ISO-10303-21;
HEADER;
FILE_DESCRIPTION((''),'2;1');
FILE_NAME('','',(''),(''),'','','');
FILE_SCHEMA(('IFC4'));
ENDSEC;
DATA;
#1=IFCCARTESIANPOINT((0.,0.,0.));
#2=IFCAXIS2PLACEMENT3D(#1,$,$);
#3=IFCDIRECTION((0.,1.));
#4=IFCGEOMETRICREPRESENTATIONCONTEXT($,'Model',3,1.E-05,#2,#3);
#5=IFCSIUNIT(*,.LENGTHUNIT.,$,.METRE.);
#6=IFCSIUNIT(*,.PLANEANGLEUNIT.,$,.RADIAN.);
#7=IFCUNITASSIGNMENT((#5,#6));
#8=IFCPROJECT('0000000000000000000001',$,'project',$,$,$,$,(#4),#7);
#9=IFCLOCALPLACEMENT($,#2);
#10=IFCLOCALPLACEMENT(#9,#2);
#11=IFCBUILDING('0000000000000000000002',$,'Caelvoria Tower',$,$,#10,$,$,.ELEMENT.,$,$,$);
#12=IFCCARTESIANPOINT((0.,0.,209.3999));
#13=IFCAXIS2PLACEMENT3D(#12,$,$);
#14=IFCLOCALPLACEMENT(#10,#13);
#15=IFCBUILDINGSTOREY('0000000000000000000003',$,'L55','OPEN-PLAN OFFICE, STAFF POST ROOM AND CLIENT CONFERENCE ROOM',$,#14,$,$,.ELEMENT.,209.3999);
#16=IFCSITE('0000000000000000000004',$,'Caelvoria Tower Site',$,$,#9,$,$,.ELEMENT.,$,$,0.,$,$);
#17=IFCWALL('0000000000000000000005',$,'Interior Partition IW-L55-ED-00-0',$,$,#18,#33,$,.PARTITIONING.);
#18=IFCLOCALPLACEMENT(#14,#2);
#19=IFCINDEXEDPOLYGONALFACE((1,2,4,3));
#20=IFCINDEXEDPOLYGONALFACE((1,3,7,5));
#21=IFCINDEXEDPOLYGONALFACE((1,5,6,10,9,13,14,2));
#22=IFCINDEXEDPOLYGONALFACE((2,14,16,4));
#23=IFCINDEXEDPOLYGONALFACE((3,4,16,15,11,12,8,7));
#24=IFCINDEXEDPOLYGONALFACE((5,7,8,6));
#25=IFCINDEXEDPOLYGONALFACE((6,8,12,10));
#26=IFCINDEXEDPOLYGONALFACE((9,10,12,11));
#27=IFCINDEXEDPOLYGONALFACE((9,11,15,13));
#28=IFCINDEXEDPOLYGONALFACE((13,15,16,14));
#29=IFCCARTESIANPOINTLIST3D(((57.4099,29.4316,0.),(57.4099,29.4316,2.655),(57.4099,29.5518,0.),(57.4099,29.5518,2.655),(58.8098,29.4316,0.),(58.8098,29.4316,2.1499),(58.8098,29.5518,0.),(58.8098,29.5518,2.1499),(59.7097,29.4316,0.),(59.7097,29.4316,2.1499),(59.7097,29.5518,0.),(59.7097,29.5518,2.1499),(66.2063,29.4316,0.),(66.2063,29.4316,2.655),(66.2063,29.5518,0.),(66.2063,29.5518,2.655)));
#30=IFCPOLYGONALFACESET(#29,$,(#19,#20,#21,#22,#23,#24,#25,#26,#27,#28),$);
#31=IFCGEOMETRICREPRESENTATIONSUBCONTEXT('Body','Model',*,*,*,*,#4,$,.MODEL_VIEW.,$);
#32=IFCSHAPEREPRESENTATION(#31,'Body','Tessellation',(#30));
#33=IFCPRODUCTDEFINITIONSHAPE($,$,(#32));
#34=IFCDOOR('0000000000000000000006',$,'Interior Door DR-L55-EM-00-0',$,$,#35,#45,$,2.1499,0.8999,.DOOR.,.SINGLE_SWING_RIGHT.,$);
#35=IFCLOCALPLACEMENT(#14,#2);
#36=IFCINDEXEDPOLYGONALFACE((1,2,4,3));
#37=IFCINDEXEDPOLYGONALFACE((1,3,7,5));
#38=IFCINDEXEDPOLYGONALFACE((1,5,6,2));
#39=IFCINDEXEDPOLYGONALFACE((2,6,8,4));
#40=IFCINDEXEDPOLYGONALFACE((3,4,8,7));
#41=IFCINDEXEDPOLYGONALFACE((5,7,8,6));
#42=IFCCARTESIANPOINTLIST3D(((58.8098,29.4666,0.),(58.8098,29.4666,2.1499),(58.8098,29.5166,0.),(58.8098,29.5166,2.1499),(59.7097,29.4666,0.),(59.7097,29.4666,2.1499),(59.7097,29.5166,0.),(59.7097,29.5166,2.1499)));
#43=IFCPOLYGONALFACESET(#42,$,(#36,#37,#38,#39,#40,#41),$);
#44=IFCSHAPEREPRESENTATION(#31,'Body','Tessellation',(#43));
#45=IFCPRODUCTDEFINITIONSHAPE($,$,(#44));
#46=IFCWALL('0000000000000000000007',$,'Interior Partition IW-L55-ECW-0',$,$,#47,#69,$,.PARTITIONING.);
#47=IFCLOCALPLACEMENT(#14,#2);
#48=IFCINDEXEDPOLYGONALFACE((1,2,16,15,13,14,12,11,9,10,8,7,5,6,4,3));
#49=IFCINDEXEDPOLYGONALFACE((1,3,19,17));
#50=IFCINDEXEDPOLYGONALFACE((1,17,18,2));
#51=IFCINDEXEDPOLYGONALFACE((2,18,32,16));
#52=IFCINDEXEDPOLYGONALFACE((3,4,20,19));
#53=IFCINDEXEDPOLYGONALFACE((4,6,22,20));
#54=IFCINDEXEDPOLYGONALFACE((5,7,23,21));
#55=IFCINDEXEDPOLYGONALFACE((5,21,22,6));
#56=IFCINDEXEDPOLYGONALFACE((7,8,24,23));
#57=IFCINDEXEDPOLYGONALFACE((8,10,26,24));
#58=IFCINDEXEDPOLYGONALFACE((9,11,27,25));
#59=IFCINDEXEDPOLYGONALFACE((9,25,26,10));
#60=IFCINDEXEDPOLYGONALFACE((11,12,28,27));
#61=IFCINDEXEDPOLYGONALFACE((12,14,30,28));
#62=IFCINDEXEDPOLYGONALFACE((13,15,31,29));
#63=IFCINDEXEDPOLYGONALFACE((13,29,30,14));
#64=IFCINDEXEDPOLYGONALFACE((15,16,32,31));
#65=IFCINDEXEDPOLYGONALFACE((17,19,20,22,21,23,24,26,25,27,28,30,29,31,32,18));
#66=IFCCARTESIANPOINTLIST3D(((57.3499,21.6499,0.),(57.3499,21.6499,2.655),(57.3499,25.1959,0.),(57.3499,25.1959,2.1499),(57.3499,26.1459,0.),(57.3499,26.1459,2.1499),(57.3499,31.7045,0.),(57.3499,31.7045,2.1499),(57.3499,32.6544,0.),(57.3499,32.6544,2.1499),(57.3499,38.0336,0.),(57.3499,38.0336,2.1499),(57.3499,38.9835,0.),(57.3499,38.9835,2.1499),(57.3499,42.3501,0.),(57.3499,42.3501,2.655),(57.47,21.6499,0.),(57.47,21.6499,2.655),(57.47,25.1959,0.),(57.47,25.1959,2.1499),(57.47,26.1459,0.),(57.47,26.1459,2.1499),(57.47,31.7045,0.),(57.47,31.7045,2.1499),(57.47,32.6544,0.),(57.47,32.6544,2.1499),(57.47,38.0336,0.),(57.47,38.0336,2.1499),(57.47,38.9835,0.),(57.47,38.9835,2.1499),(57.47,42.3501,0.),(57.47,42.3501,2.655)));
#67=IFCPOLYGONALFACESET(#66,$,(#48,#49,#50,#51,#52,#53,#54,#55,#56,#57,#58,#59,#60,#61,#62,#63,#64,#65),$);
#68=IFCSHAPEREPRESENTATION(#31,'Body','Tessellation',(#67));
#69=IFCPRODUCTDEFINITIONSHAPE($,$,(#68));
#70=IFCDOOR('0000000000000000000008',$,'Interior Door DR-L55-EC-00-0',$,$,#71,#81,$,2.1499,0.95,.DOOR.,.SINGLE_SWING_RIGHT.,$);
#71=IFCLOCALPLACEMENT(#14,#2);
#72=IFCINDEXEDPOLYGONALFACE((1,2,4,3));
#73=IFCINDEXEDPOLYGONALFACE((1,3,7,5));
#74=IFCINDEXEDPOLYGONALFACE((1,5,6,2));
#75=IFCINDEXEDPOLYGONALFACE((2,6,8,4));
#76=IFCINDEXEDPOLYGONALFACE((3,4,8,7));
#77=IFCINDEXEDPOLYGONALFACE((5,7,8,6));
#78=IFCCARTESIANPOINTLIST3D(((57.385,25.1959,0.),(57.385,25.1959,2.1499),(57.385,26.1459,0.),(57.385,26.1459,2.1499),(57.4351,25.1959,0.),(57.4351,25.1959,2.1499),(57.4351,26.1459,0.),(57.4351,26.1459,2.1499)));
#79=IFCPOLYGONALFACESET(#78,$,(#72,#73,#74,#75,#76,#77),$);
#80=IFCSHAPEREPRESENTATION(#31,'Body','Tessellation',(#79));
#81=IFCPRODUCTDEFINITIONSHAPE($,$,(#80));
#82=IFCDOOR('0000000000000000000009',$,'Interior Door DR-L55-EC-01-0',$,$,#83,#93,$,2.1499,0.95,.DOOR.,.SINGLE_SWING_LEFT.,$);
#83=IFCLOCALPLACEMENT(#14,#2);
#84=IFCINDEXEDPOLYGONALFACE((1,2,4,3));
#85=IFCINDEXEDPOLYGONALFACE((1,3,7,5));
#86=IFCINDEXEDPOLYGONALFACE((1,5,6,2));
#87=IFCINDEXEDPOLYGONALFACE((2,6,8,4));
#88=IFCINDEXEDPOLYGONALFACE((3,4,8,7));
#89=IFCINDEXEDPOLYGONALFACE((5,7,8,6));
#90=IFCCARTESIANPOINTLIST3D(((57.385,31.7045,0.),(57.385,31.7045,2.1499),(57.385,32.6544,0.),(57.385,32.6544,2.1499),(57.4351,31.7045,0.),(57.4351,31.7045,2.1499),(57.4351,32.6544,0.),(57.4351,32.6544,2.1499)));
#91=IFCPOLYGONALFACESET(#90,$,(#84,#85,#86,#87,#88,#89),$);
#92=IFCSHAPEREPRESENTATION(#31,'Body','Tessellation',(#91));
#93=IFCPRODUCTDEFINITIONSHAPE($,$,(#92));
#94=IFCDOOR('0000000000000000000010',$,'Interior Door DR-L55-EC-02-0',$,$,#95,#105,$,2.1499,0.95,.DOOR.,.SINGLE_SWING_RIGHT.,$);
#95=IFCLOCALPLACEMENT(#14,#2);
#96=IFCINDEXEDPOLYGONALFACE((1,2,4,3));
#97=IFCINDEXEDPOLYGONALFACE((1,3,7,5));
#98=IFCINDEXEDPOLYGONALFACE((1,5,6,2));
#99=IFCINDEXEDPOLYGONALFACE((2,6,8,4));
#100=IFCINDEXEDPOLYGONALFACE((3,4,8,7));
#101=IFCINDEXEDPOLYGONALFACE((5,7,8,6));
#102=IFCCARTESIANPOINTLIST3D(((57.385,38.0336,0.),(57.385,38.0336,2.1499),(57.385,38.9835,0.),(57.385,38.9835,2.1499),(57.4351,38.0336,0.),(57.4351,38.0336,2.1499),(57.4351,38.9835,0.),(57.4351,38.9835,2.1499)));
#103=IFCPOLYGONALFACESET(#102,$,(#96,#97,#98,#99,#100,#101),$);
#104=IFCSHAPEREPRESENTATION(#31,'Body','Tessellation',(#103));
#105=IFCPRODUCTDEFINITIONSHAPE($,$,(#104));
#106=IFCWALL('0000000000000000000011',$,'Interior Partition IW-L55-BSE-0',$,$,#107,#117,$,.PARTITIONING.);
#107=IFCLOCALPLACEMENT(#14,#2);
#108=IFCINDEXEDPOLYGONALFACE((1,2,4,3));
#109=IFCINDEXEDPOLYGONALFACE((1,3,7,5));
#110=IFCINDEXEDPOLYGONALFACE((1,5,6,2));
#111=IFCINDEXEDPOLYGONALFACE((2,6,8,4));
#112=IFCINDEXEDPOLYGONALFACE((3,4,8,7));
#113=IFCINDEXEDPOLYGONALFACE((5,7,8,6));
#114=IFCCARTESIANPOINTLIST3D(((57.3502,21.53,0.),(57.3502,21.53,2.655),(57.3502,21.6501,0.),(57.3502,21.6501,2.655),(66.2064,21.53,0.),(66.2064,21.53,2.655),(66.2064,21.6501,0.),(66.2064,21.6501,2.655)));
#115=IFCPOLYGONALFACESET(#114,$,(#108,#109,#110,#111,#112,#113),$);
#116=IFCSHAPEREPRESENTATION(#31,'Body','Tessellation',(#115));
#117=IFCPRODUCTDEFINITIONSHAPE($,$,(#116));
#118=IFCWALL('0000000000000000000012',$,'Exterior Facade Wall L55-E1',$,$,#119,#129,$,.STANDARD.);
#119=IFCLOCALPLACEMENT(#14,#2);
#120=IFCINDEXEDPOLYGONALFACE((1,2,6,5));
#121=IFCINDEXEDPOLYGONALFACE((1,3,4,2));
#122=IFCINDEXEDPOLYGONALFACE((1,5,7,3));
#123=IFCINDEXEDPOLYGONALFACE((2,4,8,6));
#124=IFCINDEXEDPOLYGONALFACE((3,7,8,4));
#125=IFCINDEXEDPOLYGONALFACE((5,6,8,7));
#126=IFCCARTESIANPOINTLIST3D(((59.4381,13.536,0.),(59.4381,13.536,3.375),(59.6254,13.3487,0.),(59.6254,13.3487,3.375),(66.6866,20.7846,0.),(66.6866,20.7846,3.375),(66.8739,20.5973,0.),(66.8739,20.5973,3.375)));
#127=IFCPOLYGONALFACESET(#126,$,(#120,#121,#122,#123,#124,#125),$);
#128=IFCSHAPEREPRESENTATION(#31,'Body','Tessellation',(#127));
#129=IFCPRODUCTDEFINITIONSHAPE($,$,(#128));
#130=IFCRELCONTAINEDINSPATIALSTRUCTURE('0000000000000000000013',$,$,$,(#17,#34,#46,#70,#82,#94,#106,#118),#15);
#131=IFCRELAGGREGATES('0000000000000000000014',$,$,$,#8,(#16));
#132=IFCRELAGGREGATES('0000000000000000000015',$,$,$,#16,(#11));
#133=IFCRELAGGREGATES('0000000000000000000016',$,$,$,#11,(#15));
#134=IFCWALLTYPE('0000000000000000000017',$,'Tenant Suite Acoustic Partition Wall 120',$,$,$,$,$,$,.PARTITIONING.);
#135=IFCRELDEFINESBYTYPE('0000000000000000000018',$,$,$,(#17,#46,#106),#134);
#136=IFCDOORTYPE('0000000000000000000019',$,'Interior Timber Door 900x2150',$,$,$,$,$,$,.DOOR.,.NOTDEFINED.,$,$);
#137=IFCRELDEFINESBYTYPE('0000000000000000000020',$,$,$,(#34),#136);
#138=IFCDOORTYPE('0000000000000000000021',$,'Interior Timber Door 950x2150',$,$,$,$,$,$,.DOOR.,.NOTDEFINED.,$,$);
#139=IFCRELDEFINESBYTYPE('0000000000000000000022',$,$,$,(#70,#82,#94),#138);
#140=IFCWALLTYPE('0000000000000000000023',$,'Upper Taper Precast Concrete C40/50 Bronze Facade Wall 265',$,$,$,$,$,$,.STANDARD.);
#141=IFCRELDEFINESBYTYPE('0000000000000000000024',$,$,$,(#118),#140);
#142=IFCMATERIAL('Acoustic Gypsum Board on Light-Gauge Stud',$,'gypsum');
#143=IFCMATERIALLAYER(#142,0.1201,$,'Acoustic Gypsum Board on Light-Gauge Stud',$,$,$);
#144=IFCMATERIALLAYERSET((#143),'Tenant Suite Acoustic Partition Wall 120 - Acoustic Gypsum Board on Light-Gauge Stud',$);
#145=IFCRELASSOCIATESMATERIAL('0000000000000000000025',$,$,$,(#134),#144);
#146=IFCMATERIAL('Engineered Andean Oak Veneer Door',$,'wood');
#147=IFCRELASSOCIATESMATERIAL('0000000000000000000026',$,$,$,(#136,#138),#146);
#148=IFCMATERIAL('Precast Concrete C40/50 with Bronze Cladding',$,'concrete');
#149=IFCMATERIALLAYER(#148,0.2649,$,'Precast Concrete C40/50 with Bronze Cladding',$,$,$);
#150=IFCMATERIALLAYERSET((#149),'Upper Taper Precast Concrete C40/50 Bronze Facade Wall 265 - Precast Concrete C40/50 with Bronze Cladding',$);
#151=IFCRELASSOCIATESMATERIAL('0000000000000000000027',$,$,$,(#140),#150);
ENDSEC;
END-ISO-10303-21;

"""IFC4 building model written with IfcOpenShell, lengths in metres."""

from ifc_helpers import new_model, si_unit, direction, frame, frame_2d, origin, place, context, subcontext, project, spatial, rectangle, extrude, material, layer, layer_set, type_object, element, fill, save


model = new_model("IFC4")

# Units and contexts
model_context = context("Model", 3, precision=1e-05, world=origin(), true_north=direction((0.0, 1.0)))
body_context = subcontext(model_context, "Body", "Model", "MODEL_VIEW")
ifc_project = project(units=[si_unit("LENGTHUNIT", "METRE"), si_unit("PLANEANGLEUNIT", "RADIAN")], contexts=[model_context])

# Site, building, storey
site_placement = place(None, origin())
site = spatial("IfcSite", under=ifc_project, at=site_placement, Name="Caelvoria Tower Site", CompositionType="ELEMENT", RefElevation=0.0)
building_placement = place(site_placement, origin())
building = spatial("IfcBuilding", under=site, at=building_placement, Name="Caelvoria Tower", CompositionType="ELEMENT")
storey_placement = place(building_placement, frame((0.0, 0.0, 209.3999)))
storey = spatial("IfcBuildingStorey", under=building, at=storey_placement, Name="L55", Description="OPEN-PLAN OFFICE, STAFF POST ROOM AND CLIENT CONFERENCE ROOM", CompositionType="ELEMENT", Elevation=209.3999)

# Wall, opening, door
ifc_material_1 = material(Name="Acoustic Gypsum Board on Light-Gauge Stud", Category="gypsum")
ifc_layer_1 = layer(ifc_material_1, 0.1201, Name="Acoustic Gypsum Board on Light-Gauge Stud")
ifc_layer_set_1 = layer_set([ifc_layer_1], Name="Tenant Suite Acoustic Partition Wall 120 - Acoustic Gypsum Board on Light-Gauge Stud")
wall_type_1 = type_object("IfcWallType", Name="Tenant Suite Acoustic Partition Wall 120", PredefinedType="PARTITIONING", material=ifc_layer_set_1)
wall_1_placement = place(storey_placement, frame((57.4099, 29.4917, 0.0), z_axis=(0.0, 0.0, 1.0), x_axis=(1.0, 0.0, 0.0)))
wall_1 = element("IfcWall", 1, at=wall_1_placement, inside=storey, type_object=wall_type_1, Name="Interior Partition IW-L55-ED-00-0", PredefinedType="PARTITIONING", context=body_context, shape_type="SweptSolid", body=[
    extrude(rectangle(XDim=8.7964, YDim=0.1201, at=frame_2d((4.3982, 0.0))), origin(), (0.0, 0.0, 1.0), 2.655),
])
opening_1_placement = place(wall_1_placement, frame((1.3999, 0.0, 0.0)))
opening_1 = element("IfcOpeningElement", 2, at=opening_1_placement, cuts=wall_1, PredefinedType="OPENING", context=body_context, shape_type="SweptSolid", body=[
    extrude(rectangle(XDim=0.8999, YDim=2.1499, at=frame_2d((0.45, 1.075))), frame((0.0, 0.0701, 0.0), z_axis=(0.0, -1.0, 0.0), x_axis=(1.0, 0.0, 0.0)), (0.0, 0.0, 1.0), 0.1401),
])
ifc_material_2 = material(Name="Engineered Andean Oak Veneer Door", Category="wood")
door_type_1 = type_object("IfcDoorType", Name="Interior Timber Door 900x2150", OperationType="NOTDEFINED", PredefinedType="DOOR", material=ifc_material_2)
door_1_placement = place(opening_1_placement, origin())
door_1 = element("IfcDoor", 3, at=door_1_placement, inside=storey, type_object=door_type_1, Name="Interior Door DR-L55-EM-00-0", OperationType="SINGLE_SWING_RIGHT", OverallHeight=2.1499, OverallWidth=0.8999, PredefinedType="DOOR", context=body_context, shape_type="SweptSolid", body=[
    extrude(rectangle(XDim=0.8999, YDim=2.1499, at=frame_2d((0.45, 1.075))), frame((0.0, 0.0249, 0.0), z_axis=(0.0, -1.0, 0.0), x_axis=(1.0, 0.0, 0.0)), (0.0, 0.0, 1.0), 0.05),
])
fill(opening_1, door_1)

# Wall, openings, doors
wall_2_placement = place(storey_placement, frame((57.4099, 21.6499, 0.0), z_axis=(0.0, 0.0, 1.0), x_axis=(0.0, 1.0, 0.0)))
wall_2 = element("IfcWall", 4, at=wall_2_placement, inside=storey, type_object=wall_type_1, Name="Interior Partition IW-L55-ECW-0", PredefinedType="PARTITIONING", context=body_context, shape_type="SweptSolid", body=[
    extrude(rectangle(XDim=20.7002, YDim=0.1201, at=frame_2d((10.3501, 0.0))), origin(), (0.0, 0.0, 1.0), 2.655),
])
opening_2_placement = place(wall_2_placement, frame((3.5459, 0.0, 0.0)))
opening_2 = element("IfcOpeningElement", 5, at=opening_2_placement, cuts=wall_2, PredefinedType="OPENING", context=body_context, shape_type="SweptSolid", body=[
    extrude(rectangle(XDim=0.95, YDim=2.1499, at=frame_2d((0.4751, 1.075))), frame((0.0, 0.0701, 0.0), z_axis=(0.0, -1.0, 0.0), x_axis=(1.0, 0.0, 0.0)), (0.0, 0.0, 1.0), 0.1401),
])
opening_3_placement = place(wall_2_placement, frame((10.0544, 0.0, 0.0)))
opening_3 = element("IfcOpeningElement", 6, at=opening_3_placement, cuts=wall_2, PredefinedType="OPENING", context=body_context, shape_type="SweptSolid", body=[
    extrude(rectangle(XDim=0.95, YDim=2.1499, at=frame_2d((0.4751, 1.075))), frame((0.0, 0.0701, 0.0), z_axis=(0.0, -1.0, 0.0), x_axis=(1.0, 0.0, 0.0)), (0.0, 0.0, 1.0), 0.1401),
])
opening_4_placement = place(wall_2_placement, frame((16.3835, 0.0, 0.0)))
opening_4 = element("IfcOpeningElement", 7, at=opening_4_placement, cuts=wall_2, PredefinedType="OPENING", context=body_context, shape_type="SweptSolid", body=[
    extrude(rectangle(XDim=0.95, YDim=2.1499, at=frame_2d((0.4751, 1.075))), frame((0.0, 0.0701, 0.0), z_axis=(0.0, -1.0, 0.0), x_axis=(1.0, 0.0, 0.0)), (0.0, 0.0, 1.0), 0.1401),
])
door_type_2 = type_object("IfcDoorType", Name="Interior Timber Door 950x2150", OperationType="NOTDEFINED", PredefinedType="DOOR", material=ifc_material_2)
door_2_placement = place(opening_2_placement, origin())
door_2 = element("IfcDoor", 8, at=door_2_placement, inside=storey, type_object=door_type_2, Name="Interior Door DR-L55-EC-00-0", OperationType="SINGLE_SWING_RIGHT", OverallHeight=2.1499, OverallWidth=0.95, PredefinedType="DOOR", context=body_context, shape_type="SweptSolid", body=[
    extrude(rectangle(XDim=0.95, YDim=2.1499, at=frame_2d((0.4751, 1.075))), frame((0.0, 0.0249, 0.0), z_axis=(0.0, -1.0, 0.0), x_axis=(1.0, 0.0, 0.0)), (0.0, 0.0, 1.0), 0.05),
])
fill(opening_2, door_2)
door_3_placement = place(opening_3_placement, origin())
door_3 = element("IfcDoor", 9, at=door_3_placement, inside=storey, type_object=door_type_2, Name="Interior Door DR-L55-EC-01-0", OperationType="SINGLE_SWING_LEFT", OverallHeight=2.1499, OverallWidth=0.95, PredefinedType="DOOR", context=body_context, shape_type="SweptSolid", body=[
    extrude(rectangle(XDim=0.95, YDim=2.1499, at=frame_2d((0.4751, 1.075))), frame((0.0, 0.0249, 0.0), z_axis=(0.0, -1.0, 0.0), x_axis=(1.0, 0.0, 0.0)), (0.0, 0.0, 1.0), 0.05),
])
fill(opening_3, door_3)
door_4_placement = place(opening_4_placement, origin())
door_4 = element("IfcDoor", 10, at=door_4_placement, inside=storey, type_object=door_type_2, Name="Interior Door DR-L55-EC-02-0", OperationType="SINGLE_SWING_RIGHT", OverallHeight=2.1499, OverallWidth=0.95, PredefinedType="DOOR", context=body_context, shape_type="SweptSolid", body=[
    extrude(rectangle(XDim=0.95, YDim=2.1499, at=frame_2d((0.4751, 1.075))), frame((0.0, 0.0249, 0.0), z_axis=(0.0, -1.0, 0.0), x_axis=(1.0, 0.0, 0.0)), (0.0, 0.0, 1.0), 0.05),
])
fill(opening_4, door_4)

# Walls
wall_3_placement = place(storey_placement, frame((57.3501, 21.5901, 0.0), z_axis=(0.0, 0.0, 1.0), x_axis=(1.0, 0.0, 0.0)))
element("IfcWall", 11, at=wall_3_placement, inside=storey, type_object=wall_type_1, Name="Interior Partition IW-L55-BSE-0", PredefinedType="PARTITIONING", context=body_context, shape_type="SweptSolid", body=[
    extrude(rectangle(XDim=8.8562, YDim=0.1201, at=frame_2d((4.4282, 0.0))), origin(), (0.0, 0.0, 1.0), 2.655),
])
ifc_material_3 = material(Name="Precast Concrete C40/50 with Bronze Cladding", Category="concrete")
ifc_layer_2 = layer(ifc_material_3, 0.2649, Name="Precast Concrete C40/50 with Bronze Cladding")
ifc_layer_set_2 = layer_set([ifc_layer_2], Name="Upper Taper Precast Concrete C40/50 Bronze Facade Wall 265 - Precast Concrete C40/50 with Bronze Cladding")
wall_type_2 = type_object("IfcWallType", Name="Upper Taper Precast Concrete C40/50 Bronze Facade Wall 265", PredefinedType="STANDARD", material=ifc_layer_set_2)
wall_4_placement = place(storey_placement, frame((59.5317, 13.4424, 0.0), z_axis=(0.0, 0.0, 1.0), x_axis=(0.707107, 0.707107, 0.0)))
element("IfcWall", 12, at=wall_4_placement, inside=storey, type_object=wall_type_2, Name="Exterior Facade Wall L55-E1", PredefinedType="STANDARD", context=body_context, shape_type="SweptSolid", body=[
    extrude(rectangle(XDim=10.251, YDim=0.2649, at=frame_2d((5.1255, 0.0))), origin(), (0.0, 0.0, 1.0), 3.375),
])

save(model, "model.ifc")
